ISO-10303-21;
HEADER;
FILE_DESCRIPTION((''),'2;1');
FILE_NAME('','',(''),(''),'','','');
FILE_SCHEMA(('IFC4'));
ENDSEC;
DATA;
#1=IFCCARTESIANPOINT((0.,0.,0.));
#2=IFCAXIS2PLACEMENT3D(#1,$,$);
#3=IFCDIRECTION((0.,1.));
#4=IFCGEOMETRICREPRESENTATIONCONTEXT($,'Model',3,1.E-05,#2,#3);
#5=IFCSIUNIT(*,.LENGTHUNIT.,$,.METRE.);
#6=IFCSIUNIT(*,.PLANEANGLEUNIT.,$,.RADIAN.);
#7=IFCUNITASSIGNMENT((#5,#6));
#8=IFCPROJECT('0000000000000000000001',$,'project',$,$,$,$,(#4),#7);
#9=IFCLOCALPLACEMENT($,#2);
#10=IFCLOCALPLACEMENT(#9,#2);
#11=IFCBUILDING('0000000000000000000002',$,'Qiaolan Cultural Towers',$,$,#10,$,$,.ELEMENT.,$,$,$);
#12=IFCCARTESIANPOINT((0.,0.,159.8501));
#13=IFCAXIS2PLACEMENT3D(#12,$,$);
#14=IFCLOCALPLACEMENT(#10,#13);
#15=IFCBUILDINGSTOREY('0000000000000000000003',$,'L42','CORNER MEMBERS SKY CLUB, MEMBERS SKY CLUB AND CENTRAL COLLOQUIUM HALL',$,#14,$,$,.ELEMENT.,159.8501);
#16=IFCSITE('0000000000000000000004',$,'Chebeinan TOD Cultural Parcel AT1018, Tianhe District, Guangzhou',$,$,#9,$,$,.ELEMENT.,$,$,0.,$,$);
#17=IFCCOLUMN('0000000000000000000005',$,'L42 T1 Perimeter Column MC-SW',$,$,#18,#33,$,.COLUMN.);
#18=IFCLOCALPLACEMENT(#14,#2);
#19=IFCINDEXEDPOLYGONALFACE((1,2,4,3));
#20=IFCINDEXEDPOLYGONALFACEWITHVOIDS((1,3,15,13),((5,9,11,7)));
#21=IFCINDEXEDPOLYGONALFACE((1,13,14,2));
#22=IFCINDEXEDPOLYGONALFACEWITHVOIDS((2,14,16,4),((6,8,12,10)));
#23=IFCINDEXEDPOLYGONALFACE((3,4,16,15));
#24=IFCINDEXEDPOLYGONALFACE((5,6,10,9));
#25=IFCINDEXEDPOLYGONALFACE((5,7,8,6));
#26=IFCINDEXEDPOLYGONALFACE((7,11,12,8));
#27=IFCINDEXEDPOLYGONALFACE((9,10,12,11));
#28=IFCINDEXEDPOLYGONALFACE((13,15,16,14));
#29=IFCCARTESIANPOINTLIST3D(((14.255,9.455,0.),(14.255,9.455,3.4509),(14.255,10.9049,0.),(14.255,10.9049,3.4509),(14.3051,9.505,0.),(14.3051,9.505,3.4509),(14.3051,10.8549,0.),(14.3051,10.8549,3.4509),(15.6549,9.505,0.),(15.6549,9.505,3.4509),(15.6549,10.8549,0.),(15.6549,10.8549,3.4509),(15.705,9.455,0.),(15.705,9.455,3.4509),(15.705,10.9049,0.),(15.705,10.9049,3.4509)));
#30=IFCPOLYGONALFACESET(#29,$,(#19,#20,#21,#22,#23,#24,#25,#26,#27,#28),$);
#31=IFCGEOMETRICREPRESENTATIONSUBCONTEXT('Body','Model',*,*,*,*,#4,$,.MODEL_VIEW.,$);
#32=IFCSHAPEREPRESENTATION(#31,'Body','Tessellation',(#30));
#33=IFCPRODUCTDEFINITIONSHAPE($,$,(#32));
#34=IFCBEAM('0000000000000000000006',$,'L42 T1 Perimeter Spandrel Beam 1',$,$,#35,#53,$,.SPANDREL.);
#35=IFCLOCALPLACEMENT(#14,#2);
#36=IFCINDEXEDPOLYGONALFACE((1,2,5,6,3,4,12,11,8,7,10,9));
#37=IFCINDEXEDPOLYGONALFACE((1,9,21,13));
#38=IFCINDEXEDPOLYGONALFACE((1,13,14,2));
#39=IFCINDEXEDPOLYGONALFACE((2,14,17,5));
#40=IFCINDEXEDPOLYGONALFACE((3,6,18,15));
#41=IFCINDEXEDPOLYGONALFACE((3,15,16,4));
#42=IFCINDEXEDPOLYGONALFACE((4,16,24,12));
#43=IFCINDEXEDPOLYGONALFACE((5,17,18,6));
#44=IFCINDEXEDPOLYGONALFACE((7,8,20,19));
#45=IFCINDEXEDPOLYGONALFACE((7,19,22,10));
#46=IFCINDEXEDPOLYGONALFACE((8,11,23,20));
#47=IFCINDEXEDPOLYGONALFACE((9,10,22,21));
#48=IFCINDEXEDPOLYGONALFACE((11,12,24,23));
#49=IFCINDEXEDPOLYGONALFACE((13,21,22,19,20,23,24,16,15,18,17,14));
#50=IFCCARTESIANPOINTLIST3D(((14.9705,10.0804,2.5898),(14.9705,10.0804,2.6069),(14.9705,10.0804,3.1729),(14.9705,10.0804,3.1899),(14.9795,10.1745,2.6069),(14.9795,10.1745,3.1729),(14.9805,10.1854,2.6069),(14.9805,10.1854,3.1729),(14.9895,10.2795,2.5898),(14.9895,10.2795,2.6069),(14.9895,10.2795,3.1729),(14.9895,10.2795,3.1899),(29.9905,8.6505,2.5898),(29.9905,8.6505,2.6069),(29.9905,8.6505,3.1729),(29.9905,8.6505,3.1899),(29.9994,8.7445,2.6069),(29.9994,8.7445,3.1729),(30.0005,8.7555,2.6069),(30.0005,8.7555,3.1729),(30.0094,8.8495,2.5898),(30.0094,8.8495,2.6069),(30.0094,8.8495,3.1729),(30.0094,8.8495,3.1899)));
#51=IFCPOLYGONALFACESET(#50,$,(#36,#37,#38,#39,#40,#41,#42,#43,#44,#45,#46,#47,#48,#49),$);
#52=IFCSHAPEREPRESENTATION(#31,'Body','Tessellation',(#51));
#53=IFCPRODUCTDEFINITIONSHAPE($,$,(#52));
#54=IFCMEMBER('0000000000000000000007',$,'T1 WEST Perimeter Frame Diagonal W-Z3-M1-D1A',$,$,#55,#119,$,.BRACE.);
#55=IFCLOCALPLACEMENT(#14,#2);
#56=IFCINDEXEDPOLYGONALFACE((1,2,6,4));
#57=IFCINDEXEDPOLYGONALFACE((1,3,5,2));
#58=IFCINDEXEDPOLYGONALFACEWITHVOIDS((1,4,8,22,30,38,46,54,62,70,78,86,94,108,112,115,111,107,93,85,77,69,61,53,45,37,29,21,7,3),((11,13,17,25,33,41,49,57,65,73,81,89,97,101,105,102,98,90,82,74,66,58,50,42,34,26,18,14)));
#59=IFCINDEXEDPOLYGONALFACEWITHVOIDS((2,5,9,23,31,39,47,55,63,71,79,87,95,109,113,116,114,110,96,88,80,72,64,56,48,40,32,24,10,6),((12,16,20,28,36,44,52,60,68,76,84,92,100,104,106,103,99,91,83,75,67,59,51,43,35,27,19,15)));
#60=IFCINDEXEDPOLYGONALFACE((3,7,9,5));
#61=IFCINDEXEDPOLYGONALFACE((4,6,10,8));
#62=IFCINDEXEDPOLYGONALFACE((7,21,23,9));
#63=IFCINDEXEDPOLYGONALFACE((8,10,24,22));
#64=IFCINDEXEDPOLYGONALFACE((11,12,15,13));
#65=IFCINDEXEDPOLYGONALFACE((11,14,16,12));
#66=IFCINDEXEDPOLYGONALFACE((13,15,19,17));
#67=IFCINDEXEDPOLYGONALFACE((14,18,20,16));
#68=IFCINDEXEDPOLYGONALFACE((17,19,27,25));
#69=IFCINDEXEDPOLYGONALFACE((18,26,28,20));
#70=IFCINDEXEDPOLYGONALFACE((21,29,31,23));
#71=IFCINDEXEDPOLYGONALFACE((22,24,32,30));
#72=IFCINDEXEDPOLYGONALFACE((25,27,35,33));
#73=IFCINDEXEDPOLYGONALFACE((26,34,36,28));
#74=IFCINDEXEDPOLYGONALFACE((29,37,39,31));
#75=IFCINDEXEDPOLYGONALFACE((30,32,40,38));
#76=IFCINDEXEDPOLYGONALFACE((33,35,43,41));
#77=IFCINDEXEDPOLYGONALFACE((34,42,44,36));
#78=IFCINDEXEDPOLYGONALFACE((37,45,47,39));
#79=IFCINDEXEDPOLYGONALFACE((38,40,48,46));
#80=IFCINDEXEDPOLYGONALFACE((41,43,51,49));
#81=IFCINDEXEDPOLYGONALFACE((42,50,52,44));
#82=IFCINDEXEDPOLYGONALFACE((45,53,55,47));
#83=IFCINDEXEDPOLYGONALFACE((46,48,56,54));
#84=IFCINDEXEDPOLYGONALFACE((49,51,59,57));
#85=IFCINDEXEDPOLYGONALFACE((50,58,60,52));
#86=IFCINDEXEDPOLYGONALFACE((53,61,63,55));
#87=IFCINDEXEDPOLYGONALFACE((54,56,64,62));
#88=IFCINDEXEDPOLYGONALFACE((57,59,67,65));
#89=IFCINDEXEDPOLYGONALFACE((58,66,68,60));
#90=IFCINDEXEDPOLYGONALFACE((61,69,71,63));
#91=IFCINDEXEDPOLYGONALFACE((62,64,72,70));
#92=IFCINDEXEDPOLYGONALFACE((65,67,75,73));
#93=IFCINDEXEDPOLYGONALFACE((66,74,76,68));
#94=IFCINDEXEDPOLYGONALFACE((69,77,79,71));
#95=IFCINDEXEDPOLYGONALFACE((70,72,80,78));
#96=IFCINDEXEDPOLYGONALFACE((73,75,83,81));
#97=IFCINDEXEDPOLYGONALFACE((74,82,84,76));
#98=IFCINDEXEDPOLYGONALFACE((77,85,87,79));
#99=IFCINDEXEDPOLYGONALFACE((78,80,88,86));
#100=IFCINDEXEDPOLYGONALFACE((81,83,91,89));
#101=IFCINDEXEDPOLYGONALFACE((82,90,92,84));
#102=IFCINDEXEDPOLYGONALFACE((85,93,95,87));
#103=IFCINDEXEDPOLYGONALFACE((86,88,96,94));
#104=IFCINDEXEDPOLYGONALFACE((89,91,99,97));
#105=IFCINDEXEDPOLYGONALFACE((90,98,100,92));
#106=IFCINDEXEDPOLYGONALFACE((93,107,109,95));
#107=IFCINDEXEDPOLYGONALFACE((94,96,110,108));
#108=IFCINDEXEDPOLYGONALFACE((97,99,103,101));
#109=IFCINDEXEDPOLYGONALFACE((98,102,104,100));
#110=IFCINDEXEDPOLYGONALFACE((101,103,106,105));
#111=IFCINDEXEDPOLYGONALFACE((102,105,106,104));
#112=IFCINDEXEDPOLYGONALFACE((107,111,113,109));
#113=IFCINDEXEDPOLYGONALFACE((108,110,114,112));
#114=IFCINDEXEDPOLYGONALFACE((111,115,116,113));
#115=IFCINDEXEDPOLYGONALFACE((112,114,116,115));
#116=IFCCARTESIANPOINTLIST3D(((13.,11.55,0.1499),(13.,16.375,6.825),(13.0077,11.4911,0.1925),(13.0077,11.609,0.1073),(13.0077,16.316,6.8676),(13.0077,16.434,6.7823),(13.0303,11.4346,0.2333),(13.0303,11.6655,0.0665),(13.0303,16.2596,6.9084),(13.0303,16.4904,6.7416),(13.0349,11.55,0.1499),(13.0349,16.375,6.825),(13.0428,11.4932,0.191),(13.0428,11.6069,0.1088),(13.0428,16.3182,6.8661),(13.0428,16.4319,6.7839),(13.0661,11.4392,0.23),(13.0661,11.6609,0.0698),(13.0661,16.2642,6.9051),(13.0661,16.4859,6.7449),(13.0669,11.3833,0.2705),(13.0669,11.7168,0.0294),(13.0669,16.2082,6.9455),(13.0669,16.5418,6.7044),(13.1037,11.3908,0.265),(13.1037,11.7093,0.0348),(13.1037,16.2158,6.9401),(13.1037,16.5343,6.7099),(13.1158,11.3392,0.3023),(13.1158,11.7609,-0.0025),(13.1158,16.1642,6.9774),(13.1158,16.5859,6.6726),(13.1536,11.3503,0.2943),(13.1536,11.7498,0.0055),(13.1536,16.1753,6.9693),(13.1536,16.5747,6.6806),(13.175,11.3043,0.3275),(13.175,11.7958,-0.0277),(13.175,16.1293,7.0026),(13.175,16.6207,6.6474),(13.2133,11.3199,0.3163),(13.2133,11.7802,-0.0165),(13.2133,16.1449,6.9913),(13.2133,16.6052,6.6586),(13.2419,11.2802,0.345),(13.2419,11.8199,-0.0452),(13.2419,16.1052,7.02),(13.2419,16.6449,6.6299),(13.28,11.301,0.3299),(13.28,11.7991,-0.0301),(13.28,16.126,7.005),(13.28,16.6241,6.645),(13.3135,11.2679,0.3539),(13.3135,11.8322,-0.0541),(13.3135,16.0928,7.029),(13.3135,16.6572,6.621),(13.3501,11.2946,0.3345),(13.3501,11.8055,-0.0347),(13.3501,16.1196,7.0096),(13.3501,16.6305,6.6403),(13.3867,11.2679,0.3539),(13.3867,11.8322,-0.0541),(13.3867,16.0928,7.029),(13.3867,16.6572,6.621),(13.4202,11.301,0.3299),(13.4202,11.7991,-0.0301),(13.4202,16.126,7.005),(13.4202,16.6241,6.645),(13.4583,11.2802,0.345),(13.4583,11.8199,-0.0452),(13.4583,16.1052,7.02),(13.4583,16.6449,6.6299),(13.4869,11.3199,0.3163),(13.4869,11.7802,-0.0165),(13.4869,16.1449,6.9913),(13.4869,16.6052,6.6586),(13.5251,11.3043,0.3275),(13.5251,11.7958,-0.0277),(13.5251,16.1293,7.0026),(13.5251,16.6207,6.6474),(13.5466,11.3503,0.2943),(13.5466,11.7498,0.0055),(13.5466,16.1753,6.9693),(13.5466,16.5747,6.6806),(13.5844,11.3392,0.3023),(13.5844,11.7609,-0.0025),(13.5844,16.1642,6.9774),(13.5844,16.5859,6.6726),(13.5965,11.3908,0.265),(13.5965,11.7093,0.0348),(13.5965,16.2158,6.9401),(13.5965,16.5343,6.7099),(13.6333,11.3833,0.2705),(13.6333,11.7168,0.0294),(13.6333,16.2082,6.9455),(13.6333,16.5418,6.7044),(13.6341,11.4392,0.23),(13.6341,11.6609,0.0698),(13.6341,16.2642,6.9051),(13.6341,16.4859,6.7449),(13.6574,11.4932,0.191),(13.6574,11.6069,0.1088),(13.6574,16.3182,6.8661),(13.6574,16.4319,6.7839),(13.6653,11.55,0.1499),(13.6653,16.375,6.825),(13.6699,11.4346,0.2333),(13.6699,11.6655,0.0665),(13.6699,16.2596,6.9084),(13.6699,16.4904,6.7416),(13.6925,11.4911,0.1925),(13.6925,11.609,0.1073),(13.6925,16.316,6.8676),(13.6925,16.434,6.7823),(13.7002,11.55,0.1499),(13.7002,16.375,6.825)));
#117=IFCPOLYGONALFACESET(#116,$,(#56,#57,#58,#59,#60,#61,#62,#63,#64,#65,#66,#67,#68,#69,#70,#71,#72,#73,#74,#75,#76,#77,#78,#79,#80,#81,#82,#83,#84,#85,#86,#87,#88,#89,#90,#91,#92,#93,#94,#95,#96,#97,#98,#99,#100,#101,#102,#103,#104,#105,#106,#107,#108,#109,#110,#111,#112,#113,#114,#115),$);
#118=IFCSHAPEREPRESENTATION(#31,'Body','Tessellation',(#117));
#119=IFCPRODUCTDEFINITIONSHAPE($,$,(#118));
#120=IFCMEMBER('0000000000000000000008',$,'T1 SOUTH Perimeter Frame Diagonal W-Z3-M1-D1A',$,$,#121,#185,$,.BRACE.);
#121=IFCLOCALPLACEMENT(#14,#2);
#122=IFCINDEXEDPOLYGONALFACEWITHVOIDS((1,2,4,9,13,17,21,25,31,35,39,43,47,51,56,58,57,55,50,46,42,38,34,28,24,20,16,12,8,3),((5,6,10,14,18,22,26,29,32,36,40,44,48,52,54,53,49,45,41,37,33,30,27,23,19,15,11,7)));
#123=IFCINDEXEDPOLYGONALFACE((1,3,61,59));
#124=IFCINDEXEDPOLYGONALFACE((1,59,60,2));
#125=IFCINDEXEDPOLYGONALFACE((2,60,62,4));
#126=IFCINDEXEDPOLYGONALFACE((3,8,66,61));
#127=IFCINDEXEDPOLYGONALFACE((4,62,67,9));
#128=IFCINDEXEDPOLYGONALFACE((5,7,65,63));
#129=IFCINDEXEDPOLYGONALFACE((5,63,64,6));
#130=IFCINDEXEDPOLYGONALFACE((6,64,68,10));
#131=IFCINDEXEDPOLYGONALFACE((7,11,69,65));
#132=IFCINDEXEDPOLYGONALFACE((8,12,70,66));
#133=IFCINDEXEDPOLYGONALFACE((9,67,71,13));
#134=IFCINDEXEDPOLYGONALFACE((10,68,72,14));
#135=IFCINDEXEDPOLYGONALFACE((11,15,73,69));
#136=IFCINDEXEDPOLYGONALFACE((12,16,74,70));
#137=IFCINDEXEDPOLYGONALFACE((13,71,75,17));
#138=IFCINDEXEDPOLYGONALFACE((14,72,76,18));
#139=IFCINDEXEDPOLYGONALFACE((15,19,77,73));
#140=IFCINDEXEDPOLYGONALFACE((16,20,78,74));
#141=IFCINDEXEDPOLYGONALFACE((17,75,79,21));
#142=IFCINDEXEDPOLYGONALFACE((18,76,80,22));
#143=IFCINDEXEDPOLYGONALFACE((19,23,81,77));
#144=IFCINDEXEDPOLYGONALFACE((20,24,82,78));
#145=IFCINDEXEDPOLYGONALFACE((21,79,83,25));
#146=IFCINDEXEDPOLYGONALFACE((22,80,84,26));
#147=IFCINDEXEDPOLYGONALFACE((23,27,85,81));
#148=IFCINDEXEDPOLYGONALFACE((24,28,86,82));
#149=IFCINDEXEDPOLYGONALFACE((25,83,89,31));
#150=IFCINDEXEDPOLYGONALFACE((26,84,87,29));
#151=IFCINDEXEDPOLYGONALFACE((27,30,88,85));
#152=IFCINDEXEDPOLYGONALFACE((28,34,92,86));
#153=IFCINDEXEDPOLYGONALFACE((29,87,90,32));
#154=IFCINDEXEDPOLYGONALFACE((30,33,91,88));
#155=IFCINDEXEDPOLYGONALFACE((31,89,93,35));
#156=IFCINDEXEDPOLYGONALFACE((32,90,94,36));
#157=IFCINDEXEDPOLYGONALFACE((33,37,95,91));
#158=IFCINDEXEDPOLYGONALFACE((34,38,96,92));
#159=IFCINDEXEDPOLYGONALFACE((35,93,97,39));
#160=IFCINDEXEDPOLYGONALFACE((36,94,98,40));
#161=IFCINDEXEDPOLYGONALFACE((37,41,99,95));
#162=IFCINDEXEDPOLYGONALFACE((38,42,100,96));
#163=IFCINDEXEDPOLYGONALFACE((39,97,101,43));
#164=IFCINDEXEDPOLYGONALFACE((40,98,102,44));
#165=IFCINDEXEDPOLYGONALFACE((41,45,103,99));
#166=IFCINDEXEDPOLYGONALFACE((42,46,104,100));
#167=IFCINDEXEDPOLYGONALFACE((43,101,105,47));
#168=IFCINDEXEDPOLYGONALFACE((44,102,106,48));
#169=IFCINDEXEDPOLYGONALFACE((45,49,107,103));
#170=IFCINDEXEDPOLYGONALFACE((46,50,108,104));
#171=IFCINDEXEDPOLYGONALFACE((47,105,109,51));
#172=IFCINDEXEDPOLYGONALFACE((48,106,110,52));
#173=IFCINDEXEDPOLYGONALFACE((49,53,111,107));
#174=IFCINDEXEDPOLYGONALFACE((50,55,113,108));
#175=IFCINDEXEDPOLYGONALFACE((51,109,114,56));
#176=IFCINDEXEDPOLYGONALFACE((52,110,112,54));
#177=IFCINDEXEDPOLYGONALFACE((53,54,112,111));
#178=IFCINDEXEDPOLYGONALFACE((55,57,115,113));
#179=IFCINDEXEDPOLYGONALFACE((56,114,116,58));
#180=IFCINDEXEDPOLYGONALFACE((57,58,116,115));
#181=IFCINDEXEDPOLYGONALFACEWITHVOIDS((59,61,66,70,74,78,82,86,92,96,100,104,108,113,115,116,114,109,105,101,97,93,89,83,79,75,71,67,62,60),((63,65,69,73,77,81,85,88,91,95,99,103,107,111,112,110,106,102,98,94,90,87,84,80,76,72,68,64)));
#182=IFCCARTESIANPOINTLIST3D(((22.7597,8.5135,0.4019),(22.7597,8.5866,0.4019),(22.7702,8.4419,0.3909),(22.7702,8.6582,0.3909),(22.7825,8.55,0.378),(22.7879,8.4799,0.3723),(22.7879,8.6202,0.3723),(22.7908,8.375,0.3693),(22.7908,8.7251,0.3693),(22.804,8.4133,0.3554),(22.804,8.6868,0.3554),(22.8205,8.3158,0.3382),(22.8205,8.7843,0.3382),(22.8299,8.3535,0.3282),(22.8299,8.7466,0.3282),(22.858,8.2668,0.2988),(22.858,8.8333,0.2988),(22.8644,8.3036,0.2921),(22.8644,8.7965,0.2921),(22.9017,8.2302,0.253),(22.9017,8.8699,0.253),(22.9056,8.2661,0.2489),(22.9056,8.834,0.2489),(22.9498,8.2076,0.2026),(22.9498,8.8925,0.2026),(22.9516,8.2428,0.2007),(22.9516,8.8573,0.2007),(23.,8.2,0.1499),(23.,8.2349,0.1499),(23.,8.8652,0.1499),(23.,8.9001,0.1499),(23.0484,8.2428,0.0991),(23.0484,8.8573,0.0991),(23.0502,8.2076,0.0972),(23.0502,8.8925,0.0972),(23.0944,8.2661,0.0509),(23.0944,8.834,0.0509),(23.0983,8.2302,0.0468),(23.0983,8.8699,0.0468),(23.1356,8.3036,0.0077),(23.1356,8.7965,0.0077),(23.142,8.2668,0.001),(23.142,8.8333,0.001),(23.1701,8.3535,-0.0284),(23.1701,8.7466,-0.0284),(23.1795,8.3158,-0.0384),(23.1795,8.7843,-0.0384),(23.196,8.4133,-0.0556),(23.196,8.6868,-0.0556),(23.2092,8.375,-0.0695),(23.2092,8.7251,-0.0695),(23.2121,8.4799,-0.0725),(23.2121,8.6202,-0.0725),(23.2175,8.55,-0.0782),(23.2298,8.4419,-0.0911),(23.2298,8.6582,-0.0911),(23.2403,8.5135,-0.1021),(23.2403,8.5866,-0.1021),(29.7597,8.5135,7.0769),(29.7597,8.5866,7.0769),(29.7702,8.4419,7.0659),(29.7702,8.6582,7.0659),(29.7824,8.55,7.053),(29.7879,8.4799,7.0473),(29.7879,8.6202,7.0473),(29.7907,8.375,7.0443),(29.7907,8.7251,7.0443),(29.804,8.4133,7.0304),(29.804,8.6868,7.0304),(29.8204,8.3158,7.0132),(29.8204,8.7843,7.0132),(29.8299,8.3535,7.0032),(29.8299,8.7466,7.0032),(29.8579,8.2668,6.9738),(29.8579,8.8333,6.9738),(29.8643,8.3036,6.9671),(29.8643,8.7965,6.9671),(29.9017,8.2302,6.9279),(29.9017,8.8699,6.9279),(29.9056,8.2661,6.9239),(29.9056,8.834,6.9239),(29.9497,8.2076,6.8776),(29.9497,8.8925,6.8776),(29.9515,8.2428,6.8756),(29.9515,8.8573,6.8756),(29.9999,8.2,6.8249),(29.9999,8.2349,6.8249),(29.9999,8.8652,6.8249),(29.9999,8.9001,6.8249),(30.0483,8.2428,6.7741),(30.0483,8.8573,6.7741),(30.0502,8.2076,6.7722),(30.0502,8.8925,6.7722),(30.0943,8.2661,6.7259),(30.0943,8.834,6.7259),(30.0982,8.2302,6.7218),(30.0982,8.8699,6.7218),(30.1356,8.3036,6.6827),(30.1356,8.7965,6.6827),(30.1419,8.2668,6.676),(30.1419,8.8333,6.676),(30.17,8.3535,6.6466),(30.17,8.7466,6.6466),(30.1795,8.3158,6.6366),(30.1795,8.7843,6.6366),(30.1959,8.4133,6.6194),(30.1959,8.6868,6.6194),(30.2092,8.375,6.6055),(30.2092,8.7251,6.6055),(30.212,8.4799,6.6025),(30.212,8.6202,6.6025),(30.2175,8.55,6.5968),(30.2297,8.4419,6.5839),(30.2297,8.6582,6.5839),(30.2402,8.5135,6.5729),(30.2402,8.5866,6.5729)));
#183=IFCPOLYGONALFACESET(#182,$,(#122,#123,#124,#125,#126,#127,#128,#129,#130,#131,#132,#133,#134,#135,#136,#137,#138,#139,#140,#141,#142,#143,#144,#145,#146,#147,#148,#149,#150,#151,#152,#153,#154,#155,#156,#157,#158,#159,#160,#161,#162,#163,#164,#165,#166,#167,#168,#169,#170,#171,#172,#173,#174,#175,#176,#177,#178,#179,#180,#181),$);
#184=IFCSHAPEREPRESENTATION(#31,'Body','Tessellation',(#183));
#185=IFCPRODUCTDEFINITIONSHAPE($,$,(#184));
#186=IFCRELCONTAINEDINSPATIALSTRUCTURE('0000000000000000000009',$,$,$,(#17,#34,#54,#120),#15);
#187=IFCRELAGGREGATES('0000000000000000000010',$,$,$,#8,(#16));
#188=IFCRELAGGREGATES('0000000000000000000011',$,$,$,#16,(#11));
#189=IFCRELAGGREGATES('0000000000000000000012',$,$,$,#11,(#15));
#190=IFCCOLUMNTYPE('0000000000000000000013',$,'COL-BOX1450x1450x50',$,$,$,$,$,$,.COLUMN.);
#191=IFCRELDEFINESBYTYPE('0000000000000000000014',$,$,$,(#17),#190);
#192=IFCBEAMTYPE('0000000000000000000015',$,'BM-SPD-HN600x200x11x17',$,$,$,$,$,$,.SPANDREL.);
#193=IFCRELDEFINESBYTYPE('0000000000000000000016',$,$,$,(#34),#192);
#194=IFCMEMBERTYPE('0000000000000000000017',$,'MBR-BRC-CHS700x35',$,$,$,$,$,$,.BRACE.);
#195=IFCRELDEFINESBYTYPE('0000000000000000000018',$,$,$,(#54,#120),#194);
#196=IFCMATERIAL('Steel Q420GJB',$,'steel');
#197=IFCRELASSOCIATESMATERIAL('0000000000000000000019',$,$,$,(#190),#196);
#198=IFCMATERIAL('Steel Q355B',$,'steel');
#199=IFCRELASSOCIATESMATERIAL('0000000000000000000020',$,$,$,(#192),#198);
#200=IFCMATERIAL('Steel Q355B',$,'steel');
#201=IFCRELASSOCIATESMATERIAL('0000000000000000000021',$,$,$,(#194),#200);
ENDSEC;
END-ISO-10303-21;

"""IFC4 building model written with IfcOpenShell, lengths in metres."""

from ifc_helpers import new_model, si_unit, direction, frame, origin, origin_2d, place, context, subcontext, project, spatial, hollow_rectangle, hollow_circle, i_section, extrude, material, material_profile, profile_set, type_object, element, save


model = new_model("IFC4")

# Units and contexts
model_context = context("Model", 3, precision=1e-05, world=origin(), true_north=direction((0.0, 1.0)))
body_context = subcontext(model_context, "Body", "Model", "MODEL_VIEW")
ifc_project = project(units=[si_unit("LENGTHUNIT", "METRE"), si_unit("PLANEANGLEUNIT", "RADIAN")], contexts=[model_context])

# Site, building, storey
site_placement = place(None, origin())
site = spatial("IfcSite", under=ifc_project, at=site_placement, Name="Chebeinan TOD Cultural Parcel AT1018, Tianhe District, Guangzhou", CompositionType="ELEMENT", RefElevation=0.0)
building_placement = place(site_placement, origin())
building = spatial("IfcBuilding", under=site, at=building_placement, Name="Qiaolan Cultural Towers", CompositionType="ELEMENT")
storey_placement = place(building_placement, frame((0.0, 0.0, 159.8501)))
storey = spatial("IfcBuildingStorey", under=building, at=storey_placement, Name="L42", Description="CORNER MEMBERS SKY CLUB, MEMBERS SKY CLUB AND CENTRAL COLLOQUIUM HALL", CompositionType="ELEMENT", Elevation=159.8501)

# Column
ifc_material_1 = material(Name="Steel Q420GJB", Category="steel")
ifc_material_profile_1 = material_profile(ifc_material_1, hollow_rectangle(XDim=1.45, YDim=1.45, WallThickness=0.05, at=origin_2d()), Name="BOX1450x1450x50")
ifc_profile_set_1 = profile_set([ifc_material_profile_1], Name="Steel Q420GJB")
column_type = type_object("IfcColumnType", Name="COL-BOX1450x1450x50", PredefinedType="COLUMN", material=ifc_profile_set_1)
column_placement = place(storey_placement, frame((14.98, 10.1799, 0.0), z_axis=(0.0, 0.0, 1.0), x_axis=(1.0, 0.0, 0.0)))
element("IfcColumn", 1, at=column_placement, inside=storey, type_object=column_type, Name="L42 T1 Perimeter Column MC-SW", PredefinedType="COLUMN", context=body_context, shape_type="SweptSolid", body=[
    extrude(hollow_rectangle(XDim=1.45, YDim=1.45, WallThickness=0.05, at=origin_2d()), origin(), (0.0, 0.0, 1.0), 3.4509),
])

# Beam
ifc_material_2 = material(Name="Steel Q355B", Category="steel")
ifc_material_profile_2 = material_profile(ifc_material_2, i_section(OverallWidth=0.2, OverallDepth=0.6001, WebThickness=0.011, FlangeThickness=0.0171, at=origin_2d()), Name="HN600x200x11x17")
ifc_profile_set_2 = profile_set([ifc_material_profile_2], Name="Steel Q355B")
beam_type = type_object("IfcBeamType", Name="BM-SPD-HN600x200x11x17", PredefinedType="SPANDREL", material=ifc_profile_set_2)
beam_placement = place(storey_placement, frame((14.98, 10.1799, 2.8899), z_axis=(0.995499, -0.094773, 0.0), x_axis=(0.094773, 0.995499, 0.0)))
element("IfcBeam", 2, at=beam_placement, inside=storey, type_object=beam_type, Name="L42 T1 Perimeter Spandrel Beam 1", PredefinedType="SPANDREL", context=body_context, shape_type="SweptSolid", body=[
    extrude(i_section(OverallWidth=0.2, OverallDepth=0.6001, WebThickness=0.011, FlangeThickness=0.0171, at=origin_2d()), origin(), (0.0, 0.0, 1.0), 15.0879),
])

# Members
ifc_material_3 = material(Name="Steel Q355B", Category="steel")
ifc_material_profile_3 = material_profile(ifc_material_3, hollow_circle(Radius=0.3501, WallThickness=0.0349, at=origin_2d()), Name="CHS700x35")
ifc_profile_set_3 = profile_set([ifc_material_profile_3], Name="Steel Q355B")
member_type = type_object("IfcMemberType", Name="MBR-BRC-CHS700x35", PredefinedType="BRACE", material=ifc_profile_set_3)
member_1_placement = place(storey_placement, frame((13.3501, 11.55, 0.1499), z_axis=(0.0, 0.585816, 0.810444), x_axis=(-1.0, 0.0, 0.0)))
element("IfcMember", 3, at=member_1_placement, inside=storey, type_object=member_type, Name="T1 WEST Perimeter Frame Diagonal W-Z3-M1-D1A", PredefinedType="BRACE", context=body_context, shape_type="SweptSolid", body=[
    extrude(hollow_circle(Radius=0.3501, WallThickness=0.0349, at=origin_2d()), origin(), (0.0, 0.0, 1.0), 8.2363),
])
member_2_placement = place(storey_placement, frame((23.0, 8.55, 0.1499), z_axis=(0.723705, 0.0, 0.690109), x_axis=(0.0, 1.0, 0.0)))
element("IfcMember", 4, at=member_2_placement, inside=storey, type_object=member_type, Name="T1 SOUTH Perimeter Frame Diagonal W-Z3-M1-D1A", PredefinedType="BRACE", context=body_context, shape_type="SweptSolid", body=[
    extrude(hollow_circle(Radius=0.3501, WallThickness=0.0349, at=origin_2d()), origin(), (0.0, 0.0, 1.0), 9.6724),
])

save(model, "model.ifc")
